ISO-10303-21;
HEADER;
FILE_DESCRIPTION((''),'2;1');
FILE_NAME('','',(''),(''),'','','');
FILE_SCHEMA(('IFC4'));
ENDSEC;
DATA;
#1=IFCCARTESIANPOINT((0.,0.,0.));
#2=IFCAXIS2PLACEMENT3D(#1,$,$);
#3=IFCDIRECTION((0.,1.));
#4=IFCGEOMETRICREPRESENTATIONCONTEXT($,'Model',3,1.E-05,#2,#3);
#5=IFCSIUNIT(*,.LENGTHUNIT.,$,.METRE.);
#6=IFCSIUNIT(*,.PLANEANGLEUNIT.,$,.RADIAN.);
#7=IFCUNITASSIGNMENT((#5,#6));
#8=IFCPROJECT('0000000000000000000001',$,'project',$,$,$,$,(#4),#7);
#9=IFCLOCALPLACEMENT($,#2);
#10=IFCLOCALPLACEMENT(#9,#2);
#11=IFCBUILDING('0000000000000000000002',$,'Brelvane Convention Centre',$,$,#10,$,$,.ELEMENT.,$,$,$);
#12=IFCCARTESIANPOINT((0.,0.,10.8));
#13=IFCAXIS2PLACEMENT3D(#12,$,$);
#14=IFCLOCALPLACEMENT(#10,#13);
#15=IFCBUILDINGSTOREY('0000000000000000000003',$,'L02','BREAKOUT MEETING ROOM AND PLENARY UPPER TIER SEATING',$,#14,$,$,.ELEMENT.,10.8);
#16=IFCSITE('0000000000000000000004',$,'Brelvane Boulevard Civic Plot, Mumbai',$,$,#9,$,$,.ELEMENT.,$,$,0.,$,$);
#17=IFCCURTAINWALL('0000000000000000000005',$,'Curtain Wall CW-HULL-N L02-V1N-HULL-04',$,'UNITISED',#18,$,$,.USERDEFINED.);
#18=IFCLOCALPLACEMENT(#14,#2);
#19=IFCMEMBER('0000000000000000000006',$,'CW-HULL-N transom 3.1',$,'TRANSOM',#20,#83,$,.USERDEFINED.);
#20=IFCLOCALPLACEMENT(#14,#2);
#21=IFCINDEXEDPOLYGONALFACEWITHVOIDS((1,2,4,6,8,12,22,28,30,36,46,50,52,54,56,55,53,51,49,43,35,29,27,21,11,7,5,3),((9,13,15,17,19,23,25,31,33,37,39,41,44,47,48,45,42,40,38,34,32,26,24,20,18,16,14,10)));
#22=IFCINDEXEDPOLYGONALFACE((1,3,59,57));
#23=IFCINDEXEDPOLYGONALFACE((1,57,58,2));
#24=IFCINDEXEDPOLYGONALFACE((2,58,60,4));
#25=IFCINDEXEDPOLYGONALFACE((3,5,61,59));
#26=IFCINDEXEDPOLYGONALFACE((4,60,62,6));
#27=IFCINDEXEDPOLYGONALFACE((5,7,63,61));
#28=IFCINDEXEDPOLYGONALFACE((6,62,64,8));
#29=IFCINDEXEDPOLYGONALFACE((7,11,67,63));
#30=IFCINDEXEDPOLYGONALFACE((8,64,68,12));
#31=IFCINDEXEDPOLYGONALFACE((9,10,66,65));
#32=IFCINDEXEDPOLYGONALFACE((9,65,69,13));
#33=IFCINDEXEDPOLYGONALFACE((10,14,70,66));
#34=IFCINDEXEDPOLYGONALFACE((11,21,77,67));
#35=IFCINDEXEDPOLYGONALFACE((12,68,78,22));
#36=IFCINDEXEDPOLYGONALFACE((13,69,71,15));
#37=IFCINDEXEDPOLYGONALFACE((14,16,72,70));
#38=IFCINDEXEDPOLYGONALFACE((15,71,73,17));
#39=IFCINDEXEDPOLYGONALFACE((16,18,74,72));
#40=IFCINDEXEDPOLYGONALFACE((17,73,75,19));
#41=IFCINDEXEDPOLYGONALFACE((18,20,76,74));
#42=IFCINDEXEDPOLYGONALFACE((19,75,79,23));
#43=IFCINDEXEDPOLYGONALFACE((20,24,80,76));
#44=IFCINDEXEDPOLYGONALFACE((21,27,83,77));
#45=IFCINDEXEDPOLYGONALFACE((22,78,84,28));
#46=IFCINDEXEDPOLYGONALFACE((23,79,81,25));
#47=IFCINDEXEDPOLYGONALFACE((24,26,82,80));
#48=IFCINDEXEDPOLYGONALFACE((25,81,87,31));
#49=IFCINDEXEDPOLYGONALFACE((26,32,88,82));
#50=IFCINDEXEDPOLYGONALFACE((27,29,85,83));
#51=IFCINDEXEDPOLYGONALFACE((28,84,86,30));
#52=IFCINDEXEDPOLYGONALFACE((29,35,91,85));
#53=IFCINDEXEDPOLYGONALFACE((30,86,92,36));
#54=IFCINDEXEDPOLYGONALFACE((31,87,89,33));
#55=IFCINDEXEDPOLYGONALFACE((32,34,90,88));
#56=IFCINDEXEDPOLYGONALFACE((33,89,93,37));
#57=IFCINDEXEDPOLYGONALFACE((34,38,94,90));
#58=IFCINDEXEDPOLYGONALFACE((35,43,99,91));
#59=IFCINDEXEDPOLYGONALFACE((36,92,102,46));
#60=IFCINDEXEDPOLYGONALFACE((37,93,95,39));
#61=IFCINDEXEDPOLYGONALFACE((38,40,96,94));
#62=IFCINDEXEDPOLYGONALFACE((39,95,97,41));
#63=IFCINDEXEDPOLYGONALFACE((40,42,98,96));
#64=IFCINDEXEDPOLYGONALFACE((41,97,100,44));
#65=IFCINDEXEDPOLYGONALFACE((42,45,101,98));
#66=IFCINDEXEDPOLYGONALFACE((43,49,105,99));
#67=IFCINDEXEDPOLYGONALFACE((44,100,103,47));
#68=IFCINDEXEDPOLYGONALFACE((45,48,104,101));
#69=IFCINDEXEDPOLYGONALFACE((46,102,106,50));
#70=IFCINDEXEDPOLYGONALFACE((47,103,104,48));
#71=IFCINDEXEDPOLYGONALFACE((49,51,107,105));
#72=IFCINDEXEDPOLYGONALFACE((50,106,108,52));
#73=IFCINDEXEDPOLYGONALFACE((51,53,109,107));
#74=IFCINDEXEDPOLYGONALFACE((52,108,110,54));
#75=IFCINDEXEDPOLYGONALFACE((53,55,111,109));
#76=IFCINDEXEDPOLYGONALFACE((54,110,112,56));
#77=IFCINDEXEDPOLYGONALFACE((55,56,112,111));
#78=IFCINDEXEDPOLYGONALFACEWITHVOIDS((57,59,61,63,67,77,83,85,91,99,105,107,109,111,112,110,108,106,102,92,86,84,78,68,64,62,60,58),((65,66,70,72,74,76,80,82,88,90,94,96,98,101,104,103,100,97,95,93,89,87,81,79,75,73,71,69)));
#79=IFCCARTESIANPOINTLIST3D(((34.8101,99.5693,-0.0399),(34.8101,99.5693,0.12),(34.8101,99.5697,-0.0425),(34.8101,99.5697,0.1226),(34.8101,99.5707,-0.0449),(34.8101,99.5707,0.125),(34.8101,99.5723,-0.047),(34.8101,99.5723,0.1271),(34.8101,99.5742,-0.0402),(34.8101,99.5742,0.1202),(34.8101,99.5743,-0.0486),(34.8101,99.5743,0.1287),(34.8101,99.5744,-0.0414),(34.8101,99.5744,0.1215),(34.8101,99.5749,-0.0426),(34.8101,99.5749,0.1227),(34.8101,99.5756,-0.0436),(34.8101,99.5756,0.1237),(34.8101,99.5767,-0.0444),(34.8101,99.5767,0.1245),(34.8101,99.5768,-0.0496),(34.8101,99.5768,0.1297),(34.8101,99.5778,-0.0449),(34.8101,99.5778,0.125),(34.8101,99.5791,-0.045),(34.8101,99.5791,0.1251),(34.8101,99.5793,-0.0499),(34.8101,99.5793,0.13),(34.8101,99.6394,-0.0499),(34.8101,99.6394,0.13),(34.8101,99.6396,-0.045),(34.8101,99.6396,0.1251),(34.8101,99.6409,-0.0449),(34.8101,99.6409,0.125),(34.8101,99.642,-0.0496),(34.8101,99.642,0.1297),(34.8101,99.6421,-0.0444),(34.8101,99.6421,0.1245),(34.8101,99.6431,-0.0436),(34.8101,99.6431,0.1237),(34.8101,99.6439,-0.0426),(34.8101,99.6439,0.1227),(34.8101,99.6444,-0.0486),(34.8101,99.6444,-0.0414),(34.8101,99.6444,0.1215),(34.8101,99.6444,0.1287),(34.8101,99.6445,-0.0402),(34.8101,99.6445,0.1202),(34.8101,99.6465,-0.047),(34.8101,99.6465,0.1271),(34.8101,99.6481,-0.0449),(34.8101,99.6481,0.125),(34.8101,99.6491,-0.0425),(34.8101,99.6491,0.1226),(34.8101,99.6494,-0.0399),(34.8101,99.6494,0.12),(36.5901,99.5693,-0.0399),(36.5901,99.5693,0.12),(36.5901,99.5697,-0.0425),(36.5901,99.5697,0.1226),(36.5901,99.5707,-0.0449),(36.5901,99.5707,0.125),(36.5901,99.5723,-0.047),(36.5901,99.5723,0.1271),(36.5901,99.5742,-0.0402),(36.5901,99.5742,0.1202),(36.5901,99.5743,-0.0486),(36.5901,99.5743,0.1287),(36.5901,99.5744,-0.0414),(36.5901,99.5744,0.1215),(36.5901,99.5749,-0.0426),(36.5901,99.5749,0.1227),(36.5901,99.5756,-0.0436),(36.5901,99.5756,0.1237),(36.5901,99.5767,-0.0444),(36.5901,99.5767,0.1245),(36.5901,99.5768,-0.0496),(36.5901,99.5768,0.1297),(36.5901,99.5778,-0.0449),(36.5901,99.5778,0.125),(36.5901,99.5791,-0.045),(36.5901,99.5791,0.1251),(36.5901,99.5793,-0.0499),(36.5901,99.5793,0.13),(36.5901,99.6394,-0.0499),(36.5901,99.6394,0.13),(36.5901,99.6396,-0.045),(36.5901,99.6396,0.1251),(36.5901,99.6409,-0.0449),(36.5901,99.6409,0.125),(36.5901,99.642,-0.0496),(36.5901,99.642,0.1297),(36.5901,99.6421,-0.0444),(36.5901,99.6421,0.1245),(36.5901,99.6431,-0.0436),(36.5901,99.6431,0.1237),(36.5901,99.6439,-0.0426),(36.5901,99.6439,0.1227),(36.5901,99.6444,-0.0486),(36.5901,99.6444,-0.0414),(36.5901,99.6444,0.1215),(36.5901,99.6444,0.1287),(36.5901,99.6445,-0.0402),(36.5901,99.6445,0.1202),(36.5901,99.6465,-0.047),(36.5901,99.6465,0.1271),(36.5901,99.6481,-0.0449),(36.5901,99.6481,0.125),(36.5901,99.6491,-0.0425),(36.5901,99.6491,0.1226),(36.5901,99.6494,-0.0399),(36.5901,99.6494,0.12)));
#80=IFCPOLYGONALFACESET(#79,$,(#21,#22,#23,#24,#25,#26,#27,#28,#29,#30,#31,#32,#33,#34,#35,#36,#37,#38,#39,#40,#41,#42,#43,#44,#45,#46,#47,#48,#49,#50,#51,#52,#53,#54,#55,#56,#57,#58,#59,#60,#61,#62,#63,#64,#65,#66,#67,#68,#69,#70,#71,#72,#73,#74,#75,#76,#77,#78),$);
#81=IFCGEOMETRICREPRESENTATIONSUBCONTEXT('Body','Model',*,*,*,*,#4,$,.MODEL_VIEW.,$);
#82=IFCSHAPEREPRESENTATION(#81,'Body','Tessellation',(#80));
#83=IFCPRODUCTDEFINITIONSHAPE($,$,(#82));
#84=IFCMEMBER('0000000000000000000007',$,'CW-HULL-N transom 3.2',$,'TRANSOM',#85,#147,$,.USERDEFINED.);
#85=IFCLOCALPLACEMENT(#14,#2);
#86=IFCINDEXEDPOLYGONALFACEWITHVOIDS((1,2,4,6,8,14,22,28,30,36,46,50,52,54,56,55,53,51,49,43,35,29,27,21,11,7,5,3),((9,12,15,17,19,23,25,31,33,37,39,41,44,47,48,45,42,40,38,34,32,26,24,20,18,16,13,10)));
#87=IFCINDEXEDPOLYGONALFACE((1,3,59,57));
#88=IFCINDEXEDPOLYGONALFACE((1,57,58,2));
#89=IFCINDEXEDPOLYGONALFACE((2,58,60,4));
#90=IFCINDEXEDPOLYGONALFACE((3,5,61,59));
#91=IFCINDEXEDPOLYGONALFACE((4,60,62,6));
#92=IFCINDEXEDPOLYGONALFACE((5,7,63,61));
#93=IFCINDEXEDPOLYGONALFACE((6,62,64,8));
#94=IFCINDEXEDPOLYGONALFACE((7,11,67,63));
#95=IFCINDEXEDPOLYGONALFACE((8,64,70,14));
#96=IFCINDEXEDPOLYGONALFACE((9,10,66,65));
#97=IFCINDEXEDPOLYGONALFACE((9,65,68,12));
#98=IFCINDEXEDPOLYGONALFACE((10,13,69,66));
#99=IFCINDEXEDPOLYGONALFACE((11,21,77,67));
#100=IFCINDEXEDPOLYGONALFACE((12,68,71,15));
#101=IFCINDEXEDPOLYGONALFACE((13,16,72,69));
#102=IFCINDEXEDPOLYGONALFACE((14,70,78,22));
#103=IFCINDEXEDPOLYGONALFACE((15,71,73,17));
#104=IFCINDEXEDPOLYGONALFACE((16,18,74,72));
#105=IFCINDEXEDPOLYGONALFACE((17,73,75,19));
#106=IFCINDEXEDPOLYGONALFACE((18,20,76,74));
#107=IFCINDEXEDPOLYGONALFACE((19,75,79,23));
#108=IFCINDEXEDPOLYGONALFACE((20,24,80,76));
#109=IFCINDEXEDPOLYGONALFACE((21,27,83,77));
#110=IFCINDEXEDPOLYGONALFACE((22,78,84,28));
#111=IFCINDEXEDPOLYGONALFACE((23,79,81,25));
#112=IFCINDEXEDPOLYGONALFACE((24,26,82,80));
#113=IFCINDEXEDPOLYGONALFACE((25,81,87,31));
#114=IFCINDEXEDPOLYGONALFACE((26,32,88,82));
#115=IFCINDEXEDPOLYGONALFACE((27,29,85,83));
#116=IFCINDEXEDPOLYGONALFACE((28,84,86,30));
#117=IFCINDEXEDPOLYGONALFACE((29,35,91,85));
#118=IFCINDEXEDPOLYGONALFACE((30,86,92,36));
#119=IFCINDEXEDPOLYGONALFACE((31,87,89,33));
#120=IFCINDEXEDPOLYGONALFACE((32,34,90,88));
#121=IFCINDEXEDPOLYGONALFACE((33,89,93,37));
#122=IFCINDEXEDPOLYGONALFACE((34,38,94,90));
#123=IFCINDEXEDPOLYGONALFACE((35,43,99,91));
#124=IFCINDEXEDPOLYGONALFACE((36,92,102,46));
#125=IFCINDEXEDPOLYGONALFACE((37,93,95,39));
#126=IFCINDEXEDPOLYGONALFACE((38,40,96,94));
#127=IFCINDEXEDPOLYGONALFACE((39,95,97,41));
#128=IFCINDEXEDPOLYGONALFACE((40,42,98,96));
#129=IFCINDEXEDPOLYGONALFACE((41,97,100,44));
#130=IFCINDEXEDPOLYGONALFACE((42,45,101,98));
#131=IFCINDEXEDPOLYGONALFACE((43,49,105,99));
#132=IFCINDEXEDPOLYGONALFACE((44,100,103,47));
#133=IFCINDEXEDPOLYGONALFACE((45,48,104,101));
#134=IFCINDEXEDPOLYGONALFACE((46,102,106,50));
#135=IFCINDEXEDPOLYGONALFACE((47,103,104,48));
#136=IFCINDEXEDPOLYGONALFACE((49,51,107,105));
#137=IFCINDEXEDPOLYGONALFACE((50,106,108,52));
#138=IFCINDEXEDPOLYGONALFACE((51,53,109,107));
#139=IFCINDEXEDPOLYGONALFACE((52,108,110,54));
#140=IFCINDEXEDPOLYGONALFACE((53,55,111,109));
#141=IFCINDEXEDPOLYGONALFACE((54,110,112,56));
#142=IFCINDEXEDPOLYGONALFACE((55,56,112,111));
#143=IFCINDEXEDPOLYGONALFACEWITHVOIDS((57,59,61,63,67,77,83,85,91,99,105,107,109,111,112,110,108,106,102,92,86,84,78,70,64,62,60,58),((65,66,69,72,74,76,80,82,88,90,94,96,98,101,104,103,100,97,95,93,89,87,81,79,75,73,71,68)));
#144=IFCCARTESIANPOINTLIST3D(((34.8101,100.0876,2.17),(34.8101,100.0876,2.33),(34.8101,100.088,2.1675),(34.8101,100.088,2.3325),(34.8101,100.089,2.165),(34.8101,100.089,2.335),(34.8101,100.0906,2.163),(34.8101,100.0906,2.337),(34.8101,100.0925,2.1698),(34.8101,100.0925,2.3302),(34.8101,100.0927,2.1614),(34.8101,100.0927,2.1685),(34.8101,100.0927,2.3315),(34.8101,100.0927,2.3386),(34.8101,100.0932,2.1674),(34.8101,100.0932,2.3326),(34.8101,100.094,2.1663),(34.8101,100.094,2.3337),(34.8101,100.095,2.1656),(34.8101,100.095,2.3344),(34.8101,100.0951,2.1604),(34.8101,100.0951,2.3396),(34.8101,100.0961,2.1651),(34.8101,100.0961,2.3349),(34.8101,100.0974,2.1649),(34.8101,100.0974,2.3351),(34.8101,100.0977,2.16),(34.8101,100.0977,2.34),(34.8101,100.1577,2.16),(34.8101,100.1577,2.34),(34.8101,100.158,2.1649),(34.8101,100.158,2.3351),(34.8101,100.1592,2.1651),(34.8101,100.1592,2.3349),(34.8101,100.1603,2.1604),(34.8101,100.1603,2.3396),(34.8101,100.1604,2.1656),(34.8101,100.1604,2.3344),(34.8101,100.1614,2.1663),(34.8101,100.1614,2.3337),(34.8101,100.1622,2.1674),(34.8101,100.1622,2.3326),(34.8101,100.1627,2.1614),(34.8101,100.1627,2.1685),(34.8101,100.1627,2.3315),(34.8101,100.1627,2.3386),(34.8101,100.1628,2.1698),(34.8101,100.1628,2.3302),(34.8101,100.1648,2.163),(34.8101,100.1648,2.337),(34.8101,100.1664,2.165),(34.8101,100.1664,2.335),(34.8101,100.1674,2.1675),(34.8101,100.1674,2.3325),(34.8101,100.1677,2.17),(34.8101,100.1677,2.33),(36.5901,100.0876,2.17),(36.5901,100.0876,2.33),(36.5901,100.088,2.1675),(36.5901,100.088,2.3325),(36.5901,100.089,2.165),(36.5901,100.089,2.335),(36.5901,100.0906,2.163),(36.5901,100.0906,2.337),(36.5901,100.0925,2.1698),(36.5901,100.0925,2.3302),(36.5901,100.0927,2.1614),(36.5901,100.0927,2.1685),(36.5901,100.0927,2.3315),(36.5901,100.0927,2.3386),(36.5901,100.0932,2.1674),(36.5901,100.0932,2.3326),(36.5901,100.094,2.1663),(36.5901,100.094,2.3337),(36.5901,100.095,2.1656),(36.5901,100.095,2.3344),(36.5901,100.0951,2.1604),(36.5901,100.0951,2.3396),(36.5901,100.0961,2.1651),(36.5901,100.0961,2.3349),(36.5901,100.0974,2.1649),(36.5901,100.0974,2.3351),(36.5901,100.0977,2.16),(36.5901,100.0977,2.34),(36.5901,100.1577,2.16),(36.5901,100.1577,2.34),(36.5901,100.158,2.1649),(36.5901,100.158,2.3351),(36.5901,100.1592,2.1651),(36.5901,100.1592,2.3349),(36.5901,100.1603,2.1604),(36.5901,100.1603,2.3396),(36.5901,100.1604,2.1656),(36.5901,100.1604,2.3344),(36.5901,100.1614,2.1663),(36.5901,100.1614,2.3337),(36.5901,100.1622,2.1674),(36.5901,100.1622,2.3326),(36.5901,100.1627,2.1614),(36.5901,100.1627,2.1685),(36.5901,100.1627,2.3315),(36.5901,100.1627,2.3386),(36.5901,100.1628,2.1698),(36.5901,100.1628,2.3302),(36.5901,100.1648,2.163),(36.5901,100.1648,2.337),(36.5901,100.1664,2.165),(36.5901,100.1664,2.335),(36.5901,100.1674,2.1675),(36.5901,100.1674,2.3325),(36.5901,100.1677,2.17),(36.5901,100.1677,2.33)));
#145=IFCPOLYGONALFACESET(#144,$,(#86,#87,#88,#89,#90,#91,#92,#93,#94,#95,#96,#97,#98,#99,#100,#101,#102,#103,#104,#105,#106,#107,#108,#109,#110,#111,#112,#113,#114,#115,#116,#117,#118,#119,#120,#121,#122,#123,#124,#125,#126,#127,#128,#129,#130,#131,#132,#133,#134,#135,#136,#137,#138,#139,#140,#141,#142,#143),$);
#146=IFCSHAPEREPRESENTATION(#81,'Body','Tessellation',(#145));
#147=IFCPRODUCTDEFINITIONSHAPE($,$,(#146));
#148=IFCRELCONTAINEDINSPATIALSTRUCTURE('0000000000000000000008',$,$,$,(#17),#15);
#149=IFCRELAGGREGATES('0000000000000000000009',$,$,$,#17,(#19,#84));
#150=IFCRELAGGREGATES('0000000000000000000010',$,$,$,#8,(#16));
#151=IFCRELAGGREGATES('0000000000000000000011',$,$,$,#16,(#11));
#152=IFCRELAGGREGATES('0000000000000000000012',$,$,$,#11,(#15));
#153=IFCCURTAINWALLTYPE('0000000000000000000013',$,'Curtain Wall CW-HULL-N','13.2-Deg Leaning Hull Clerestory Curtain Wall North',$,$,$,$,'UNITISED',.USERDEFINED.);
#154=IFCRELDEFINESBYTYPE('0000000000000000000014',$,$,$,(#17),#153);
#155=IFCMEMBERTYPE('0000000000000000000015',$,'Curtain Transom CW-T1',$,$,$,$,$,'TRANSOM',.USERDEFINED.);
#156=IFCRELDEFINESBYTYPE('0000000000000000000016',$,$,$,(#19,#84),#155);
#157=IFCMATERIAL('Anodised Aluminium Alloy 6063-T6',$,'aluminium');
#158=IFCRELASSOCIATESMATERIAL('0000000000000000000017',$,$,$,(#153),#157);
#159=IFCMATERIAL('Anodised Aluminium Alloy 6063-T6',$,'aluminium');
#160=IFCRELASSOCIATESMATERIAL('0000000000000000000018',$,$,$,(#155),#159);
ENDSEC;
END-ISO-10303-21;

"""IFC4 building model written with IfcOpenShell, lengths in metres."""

from ifc_helpers import new_model, si_unit, direction, frame, origin, origin_2d, place, context, subcontext, project, spatial, hollow_rectangle, extrude, material, material_profile, profile_set, type_object, element, aggregate, save


model = new_model("IFC4")

# Units and contexts
model_context = context("Model", 3, precision=1e-05, world=origin(), true_north=direction((0.0, 1.0)))
body_context = subcontext(model_context, "Body", "Model", "MODEL_VIEW")
ifc_project = project(units=[si_unit("LENGTHUNIT", "METRE"), si_unit("PLANEANGLEUNIT", "RADIAN")], contexts=[model_context])

# Site, building, storey
site_placement = place(None, origin())
site = spatial("IfcSite", under=ifc_project, at=site_placement, Name="Brelvane Boulevard Civic Plot, Mumbai", CompositionType="ELEMENT", RefElevation=0.0)
building_placement = place(site_placement, origin())
building = spatial("IfcBuilding", under=site, at=building_placement, Name="Brelvane Convention Centre", CompositionType="ELEMENT")
storey_placement = place(building_placement, frame((0.0, 0.0, 10.8)))
storey = spatial("IfcBuildingStorey", under=building, at=storey_placement, Name="L02", Description="BREAKOUT MEETING ROOM AND PLENARY UPPER TIER SEATING", CompositionType="ELEMENT", Elevation=10.8)

# Curtain wall, members
ifc_material_1 = material(Name="Anodised Aluminium Alloy 6063-T6", Category="aluminium")
curtain_wall_type = type_object("IfcCurtainWallType", Name="Curtain Wall CW-HULL-N", Description="13.2-Deg Leaning Hull Clerestory Curtain Wall North", ElementType="UNITISED", PredefinedType="USERDEFINED", material=ifc_material_1)
curtain_wall_placement = place(storey_placement, origin())
curtain_wall = element("IfcCurtainWall", 1, at=curtain_wall_placement, inside=storey, type_object=curtain_wall_type, Name="Curtain Wall CW-HULL-N L02-V1N-HULL-04", ObjectType="UNITISED", PredefinedType="USERDEFINED")
ifc_material_2 = material(Name="Anodised Aluminium Alloy 6063-T6", Category="aluminium")
ifc_material_profile_1 = material_profile(ifc_material_2, hollow_rectangle(XDim=0.0801, YDim=0.1799, WallThickness=0.0049, InnerFilletRadius=0.0049, OuterFilletRadius=0.01, at=origin_2d()), Name="ALU-T 180x80x5.0")
ifc_profile_set_1 = profile_set([ifc_material_profile_1], Name="Anodised Aluminium Alloy 6063-T6")
member_type_1 = type_object("IfcMemberType", Name="Curtain Transom CW-T1", ElementType="TRANSOM", PredefinedType="USERDEFINED", material=ifc_profile_set_1)
member_1_placement = place(storey_placement, frame((34.8101, 99.6094, 0.04), z_axis=(1.0, 0.0, 0.0), x_axis=(0.0, 1.0, 0.0)))
member_1 = element("IfcMember", 2, at=member_1_placement, type_object=member_type_1, Name="CW-HULL-N transom 3.1", ObjectType="TRANSOM", PredefinedType="USERDEFINED", context=body_context, shape_type="SweptSolid", body=[
    extrude(hollow_rectangle(XDim=0.0801, YDim=0.1799, WallThickness=0.0049, InnerFilletRadius=0.0049, OuterFilletRadius=0.01, at=origin_2d()), origin(), (0.0, 0.0, 1.0), 1.78),
])
member_2_placement = place(storey_placement, frame((34.8101, 100.1277, 2.25), z_axis=(1.0, 0.0, 0.0), x_axis=(0.0, 1.0, 0.0)))
member_2 = element("IfcMember", 3, at=member_2_placement, type_object=member_type_1, Name="CW-HULL-N transom 3.2", ObjectType="TRANSOM", PredefinedType="USERDEFINED", context=body_context, shape_type="SweptSolid", body=[
    extrude(hollow_rectangle(XDim=0.0801, YDim=0.1799, WallThickness=0.0049, InnerFilletRadius=0.0049, OuterFilletRadius=0.01, at=origin_2d()), origin(), (0.0, 0.0, 1.0), 1.78),
])

aggregate(curtain_wall, [member_1, member_2])

save(model, "model.ifc")
